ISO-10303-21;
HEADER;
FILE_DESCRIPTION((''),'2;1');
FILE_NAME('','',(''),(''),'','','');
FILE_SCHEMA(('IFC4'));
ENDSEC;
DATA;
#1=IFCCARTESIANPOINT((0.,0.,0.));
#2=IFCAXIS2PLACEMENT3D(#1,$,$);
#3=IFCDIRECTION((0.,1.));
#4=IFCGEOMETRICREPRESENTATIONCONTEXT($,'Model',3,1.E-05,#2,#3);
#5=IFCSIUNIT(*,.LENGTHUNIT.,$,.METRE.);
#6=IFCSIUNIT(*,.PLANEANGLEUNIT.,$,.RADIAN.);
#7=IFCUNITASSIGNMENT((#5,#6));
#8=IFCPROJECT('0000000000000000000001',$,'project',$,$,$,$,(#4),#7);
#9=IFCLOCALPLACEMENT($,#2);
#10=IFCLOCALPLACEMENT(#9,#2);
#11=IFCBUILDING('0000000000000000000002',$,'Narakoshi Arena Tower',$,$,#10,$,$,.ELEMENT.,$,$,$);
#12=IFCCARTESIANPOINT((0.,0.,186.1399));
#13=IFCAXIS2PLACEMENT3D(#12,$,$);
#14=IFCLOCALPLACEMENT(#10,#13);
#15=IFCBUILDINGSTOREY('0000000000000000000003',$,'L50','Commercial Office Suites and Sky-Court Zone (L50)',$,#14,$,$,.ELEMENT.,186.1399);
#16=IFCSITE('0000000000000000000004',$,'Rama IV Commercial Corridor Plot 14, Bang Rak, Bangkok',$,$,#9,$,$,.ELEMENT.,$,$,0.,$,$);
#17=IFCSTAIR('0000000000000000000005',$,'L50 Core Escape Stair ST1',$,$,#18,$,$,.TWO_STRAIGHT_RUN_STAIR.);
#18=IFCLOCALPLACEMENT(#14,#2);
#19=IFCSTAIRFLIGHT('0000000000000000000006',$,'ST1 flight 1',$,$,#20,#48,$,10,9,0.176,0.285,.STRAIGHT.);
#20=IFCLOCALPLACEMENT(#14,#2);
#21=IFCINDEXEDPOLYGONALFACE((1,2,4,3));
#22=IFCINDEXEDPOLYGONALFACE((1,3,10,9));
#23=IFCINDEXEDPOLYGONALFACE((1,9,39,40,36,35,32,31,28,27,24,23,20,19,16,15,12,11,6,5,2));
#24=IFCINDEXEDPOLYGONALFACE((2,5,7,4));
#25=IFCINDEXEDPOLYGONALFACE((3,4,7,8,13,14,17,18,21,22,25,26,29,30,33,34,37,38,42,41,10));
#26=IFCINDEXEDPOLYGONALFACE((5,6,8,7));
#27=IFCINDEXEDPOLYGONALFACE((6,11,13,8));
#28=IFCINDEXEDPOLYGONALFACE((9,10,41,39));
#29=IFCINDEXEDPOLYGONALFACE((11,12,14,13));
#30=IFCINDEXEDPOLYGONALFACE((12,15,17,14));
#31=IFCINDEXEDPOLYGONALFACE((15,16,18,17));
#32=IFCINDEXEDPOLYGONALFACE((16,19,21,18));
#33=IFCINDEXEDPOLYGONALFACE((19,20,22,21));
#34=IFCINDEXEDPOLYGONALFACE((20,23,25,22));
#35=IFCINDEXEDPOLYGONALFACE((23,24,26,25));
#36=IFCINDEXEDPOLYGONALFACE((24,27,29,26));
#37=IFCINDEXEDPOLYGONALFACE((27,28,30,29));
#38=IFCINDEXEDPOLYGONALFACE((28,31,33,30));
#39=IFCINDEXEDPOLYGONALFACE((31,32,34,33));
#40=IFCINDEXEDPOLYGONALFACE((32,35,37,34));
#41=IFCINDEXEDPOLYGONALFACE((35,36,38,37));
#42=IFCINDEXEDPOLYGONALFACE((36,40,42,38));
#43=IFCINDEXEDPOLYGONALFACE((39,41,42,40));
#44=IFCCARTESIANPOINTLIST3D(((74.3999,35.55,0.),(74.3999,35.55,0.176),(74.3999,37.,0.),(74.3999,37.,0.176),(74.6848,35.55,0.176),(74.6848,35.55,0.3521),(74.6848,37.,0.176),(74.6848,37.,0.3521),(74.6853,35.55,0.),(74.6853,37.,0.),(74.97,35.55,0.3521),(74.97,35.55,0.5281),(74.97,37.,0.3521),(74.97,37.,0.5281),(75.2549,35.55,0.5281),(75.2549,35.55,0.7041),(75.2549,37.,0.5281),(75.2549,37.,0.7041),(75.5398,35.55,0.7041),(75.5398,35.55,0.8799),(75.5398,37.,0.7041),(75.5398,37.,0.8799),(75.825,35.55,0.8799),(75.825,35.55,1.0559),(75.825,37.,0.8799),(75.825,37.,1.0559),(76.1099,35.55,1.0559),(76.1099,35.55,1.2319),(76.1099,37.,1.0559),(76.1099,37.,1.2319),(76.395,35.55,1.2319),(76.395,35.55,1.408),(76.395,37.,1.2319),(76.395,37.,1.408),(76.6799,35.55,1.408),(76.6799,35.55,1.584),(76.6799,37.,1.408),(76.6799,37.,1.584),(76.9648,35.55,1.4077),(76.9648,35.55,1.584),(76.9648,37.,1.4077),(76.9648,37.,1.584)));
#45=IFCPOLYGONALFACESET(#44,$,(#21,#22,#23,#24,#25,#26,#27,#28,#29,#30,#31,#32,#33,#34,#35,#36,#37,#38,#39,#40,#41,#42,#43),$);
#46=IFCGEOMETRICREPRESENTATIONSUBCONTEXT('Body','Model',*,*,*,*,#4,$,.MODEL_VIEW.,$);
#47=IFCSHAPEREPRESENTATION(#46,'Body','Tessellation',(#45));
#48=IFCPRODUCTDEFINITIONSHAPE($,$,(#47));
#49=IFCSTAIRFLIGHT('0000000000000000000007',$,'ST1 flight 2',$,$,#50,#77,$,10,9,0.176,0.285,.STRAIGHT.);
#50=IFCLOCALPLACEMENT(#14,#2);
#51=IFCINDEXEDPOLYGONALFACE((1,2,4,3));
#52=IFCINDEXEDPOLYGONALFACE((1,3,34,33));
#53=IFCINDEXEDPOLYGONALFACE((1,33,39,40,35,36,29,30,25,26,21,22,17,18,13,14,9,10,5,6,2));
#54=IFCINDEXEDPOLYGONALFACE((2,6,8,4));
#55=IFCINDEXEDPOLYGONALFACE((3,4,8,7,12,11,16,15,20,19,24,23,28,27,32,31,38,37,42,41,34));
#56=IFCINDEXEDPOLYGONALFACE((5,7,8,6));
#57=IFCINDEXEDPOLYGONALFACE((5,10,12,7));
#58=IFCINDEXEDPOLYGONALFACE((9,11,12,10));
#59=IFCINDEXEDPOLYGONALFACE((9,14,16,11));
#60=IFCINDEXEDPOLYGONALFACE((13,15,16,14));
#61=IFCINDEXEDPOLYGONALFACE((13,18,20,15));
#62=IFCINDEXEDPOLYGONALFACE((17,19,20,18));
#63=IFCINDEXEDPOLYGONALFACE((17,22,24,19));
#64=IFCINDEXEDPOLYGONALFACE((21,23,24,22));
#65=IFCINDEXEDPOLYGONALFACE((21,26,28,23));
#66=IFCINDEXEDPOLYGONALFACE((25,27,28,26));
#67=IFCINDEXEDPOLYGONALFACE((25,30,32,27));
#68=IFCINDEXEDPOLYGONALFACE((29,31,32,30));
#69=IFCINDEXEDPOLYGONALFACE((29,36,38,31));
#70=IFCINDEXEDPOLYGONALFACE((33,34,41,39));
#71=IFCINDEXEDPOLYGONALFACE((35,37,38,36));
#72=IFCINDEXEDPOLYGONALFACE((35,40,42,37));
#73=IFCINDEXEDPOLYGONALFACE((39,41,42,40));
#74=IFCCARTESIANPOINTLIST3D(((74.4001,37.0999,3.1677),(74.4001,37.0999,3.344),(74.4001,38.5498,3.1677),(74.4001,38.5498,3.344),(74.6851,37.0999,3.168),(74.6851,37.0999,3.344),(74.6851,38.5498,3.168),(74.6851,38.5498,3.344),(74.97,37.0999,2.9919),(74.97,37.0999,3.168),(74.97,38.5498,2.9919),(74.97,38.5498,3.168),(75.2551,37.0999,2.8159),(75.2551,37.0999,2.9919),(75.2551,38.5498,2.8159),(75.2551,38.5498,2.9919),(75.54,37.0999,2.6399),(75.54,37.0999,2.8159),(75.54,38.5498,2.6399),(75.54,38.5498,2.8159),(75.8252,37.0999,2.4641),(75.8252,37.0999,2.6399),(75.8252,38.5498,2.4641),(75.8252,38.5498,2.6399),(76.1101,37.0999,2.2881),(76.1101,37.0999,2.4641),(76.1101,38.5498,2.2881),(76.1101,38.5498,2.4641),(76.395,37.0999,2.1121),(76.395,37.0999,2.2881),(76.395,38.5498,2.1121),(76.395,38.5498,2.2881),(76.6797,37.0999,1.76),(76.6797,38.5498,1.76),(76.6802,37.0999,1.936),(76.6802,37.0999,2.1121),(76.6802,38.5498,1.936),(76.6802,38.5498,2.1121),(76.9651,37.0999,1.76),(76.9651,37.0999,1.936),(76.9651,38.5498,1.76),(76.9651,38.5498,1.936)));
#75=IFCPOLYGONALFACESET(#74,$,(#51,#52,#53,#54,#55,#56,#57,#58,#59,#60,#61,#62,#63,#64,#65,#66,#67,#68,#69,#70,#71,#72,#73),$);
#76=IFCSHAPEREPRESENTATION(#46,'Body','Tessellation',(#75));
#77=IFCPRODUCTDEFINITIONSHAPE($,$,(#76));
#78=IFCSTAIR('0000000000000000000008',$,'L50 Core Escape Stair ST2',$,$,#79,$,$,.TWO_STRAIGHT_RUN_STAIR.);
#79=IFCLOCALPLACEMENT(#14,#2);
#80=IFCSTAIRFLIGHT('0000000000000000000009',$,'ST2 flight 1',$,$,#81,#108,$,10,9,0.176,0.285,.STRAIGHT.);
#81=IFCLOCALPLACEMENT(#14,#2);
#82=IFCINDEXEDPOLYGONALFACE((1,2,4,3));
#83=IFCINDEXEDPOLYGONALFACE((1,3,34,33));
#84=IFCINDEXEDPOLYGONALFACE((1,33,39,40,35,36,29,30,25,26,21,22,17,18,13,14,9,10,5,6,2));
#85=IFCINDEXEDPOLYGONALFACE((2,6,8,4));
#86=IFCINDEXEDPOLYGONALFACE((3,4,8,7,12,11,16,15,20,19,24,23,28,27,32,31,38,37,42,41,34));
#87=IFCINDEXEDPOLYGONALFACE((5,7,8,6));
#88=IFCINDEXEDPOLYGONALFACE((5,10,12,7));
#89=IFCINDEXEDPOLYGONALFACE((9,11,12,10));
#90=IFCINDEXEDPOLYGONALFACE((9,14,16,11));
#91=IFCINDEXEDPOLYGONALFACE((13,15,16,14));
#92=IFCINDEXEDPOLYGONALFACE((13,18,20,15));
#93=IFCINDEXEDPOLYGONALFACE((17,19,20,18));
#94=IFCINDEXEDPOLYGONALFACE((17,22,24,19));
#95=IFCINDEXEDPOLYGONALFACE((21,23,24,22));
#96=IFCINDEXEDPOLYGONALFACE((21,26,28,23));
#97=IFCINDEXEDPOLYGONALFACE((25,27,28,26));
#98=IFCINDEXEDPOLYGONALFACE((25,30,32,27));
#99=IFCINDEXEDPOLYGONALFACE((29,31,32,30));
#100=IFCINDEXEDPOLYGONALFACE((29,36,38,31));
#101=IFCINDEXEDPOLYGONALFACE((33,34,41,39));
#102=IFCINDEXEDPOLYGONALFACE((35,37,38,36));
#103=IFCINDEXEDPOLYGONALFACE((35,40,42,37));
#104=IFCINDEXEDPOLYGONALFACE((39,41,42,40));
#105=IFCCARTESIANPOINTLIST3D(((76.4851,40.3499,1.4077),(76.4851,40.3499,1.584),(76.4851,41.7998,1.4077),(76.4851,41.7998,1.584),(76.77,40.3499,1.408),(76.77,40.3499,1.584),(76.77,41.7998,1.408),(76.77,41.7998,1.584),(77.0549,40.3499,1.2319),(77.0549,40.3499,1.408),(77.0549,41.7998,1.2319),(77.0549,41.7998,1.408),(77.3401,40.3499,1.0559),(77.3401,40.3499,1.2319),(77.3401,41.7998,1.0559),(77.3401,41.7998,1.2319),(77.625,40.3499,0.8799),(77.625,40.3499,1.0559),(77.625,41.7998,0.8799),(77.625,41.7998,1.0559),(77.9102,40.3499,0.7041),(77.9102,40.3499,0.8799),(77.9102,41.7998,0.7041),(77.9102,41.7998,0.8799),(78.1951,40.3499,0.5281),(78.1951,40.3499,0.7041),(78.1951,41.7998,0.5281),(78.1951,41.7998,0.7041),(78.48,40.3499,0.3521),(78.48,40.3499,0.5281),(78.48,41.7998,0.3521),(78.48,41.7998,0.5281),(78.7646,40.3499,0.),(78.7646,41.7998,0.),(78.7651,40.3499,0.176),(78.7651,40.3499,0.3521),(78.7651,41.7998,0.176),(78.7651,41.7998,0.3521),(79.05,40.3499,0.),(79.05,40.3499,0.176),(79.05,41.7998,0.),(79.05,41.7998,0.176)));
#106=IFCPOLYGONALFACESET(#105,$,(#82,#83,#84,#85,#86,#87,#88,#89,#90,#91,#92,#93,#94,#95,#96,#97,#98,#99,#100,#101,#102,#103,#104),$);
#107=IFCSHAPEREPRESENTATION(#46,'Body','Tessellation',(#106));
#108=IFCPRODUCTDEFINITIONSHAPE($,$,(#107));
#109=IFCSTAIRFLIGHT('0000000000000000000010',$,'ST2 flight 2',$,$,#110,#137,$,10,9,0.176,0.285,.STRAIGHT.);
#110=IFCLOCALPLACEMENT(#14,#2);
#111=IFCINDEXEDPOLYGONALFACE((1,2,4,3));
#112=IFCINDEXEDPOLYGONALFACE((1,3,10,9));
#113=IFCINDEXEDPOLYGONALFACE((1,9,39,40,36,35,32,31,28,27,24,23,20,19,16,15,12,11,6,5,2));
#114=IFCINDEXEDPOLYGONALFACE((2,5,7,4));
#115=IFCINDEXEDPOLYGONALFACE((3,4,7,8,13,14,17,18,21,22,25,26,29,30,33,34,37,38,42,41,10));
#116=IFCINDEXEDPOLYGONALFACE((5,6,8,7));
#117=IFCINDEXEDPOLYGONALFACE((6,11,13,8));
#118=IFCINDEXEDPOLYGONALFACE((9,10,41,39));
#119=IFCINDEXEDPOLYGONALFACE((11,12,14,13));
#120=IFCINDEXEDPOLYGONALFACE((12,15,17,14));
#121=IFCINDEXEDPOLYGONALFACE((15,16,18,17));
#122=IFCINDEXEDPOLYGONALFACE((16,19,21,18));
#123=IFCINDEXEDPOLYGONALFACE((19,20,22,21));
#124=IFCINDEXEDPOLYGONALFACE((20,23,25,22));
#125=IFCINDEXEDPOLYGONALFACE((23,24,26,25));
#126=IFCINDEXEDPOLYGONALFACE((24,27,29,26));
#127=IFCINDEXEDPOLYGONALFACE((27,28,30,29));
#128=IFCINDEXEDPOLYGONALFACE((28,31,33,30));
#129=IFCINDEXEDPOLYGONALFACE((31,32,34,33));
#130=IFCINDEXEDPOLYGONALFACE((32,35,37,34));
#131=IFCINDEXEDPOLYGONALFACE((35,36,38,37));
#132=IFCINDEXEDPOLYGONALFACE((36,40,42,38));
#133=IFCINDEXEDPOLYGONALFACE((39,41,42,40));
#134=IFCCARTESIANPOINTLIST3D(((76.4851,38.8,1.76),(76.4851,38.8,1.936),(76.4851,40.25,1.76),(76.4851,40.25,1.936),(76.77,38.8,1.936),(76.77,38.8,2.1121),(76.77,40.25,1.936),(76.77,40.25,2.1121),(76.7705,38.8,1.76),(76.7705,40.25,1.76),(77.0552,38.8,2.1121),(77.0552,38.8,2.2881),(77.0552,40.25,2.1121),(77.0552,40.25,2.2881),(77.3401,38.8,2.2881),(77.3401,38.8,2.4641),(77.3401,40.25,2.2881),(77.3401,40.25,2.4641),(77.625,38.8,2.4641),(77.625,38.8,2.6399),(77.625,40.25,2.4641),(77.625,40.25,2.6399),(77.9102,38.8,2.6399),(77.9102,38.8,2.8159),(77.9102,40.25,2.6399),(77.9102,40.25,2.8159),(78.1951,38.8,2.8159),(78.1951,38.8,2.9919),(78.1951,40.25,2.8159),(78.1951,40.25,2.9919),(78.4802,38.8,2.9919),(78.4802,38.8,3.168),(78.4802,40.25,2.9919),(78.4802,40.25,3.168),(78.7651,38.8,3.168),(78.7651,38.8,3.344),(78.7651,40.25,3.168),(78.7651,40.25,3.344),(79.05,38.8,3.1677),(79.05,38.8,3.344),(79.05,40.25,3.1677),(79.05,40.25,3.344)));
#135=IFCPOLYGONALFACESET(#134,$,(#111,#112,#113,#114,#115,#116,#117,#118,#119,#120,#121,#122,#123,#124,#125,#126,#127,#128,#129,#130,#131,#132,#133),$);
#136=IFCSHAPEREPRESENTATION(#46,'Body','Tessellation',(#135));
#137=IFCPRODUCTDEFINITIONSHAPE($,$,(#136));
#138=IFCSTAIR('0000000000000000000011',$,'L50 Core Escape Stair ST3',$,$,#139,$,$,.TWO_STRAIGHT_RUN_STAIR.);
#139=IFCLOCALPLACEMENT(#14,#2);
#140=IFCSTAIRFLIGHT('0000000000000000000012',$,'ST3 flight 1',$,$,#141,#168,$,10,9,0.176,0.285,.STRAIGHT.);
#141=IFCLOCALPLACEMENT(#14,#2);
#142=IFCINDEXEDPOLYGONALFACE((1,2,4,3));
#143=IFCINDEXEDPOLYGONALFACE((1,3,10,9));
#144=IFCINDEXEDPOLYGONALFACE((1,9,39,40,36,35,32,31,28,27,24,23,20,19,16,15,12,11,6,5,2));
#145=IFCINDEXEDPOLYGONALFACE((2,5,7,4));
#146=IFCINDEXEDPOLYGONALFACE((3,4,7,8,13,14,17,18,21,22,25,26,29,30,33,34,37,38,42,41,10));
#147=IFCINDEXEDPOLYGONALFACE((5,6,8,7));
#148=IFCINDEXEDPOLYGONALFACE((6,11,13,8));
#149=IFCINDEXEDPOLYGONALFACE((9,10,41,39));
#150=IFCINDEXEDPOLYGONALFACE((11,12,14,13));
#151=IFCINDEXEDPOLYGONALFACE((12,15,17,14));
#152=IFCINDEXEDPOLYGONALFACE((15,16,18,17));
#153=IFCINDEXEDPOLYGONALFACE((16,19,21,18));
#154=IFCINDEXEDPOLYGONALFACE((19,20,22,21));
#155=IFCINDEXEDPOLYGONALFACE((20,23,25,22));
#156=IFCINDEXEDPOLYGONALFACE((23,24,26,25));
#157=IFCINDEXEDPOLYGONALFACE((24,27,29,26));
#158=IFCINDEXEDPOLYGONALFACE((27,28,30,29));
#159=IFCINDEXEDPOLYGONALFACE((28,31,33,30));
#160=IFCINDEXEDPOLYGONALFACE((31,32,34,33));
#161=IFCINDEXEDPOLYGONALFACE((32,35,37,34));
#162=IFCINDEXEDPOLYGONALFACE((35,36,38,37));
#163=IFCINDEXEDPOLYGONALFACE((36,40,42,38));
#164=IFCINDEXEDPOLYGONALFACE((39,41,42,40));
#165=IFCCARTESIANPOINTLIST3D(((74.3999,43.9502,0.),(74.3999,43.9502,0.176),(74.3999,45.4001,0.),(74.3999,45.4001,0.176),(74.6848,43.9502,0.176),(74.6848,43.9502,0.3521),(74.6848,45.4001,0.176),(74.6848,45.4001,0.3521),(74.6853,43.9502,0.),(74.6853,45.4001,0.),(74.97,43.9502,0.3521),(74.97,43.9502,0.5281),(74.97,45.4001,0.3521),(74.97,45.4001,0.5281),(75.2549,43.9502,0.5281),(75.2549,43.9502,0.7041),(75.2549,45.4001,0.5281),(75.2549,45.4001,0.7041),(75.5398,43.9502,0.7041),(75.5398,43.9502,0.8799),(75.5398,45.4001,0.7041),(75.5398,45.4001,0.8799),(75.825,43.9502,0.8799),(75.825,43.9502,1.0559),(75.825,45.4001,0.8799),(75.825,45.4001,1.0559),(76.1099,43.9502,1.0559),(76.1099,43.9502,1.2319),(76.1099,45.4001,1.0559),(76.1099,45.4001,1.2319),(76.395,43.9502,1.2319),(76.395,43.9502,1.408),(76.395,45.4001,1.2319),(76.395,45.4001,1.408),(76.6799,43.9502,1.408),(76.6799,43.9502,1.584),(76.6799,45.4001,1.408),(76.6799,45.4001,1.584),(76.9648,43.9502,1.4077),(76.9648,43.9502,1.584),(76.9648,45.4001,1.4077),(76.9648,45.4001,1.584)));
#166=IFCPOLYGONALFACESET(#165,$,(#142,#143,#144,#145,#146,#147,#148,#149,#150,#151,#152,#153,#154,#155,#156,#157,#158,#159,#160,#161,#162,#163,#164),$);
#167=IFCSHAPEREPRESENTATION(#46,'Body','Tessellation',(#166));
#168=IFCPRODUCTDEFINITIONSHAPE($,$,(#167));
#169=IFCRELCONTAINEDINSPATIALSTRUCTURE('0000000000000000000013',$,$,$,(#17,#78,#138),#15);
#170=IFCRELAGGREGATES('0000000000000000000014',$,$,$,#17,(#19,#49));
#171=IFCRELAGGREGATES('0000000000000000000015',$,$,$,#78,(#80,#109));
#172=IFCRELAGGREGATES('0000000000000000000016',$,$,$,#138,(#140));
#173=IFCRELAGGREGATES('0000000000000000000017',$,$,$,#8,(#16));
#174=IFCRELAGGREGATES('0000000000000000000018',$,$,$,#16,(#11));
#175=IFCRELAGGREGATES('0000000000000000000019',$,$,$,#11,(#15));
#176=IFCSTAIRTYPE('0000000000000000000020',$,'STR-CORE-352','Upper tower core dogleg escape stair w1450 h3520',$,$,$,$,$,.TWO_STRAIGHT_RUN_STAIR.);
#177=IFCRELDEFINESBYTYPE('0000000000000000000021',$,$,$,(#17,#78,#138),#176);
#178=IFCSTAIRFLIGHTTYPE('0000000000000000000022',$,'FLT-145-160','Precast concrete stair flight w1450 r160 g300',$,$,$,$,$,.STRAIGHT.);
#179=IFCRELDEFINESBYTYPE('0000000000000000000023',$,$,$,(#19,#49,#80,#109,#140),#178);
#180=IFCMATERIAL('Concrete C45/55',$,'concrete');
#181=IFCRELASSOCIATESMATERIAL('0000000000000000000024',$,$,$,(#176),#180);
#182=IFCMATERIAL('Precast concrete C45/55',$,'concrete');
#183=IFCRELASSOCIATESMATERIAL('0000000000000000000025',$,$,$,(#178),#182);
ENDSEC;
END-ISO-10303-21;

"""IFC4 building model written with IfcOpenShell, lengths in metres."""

from ifc_helpers import new_model, si_unit, direction, frame, origin, place, context, subcontext, project, spatial, polyline, outline, extrude, material, type_object, element, aggregate, save


model = new_model("IFC4")

# Units and contexts
model_context = context("Model", 3, precision=1e-05, world=origin(), true_north=direction((0.0, 1.0)))
body_context = subcontext(model_context, "Body", "Model", "MODEL_VIEW")
ifc_project = project(units=[si_unit("LENGTHUNIT", "METRE"), si_unit("PLANEANGLEUNIT", "RADIAN")], contexts=[model_context])

# Site, building, storey
site_placement = place(None, origin())
site = spatial("IfcSite", under=ifc_project, at=site_placement, Name="Rama IV Commercial Corridor Plot 14, Bang Rak, Bangkok", CompositionType="ELEMENT", RefElevation=0.0)
building_placement = place(site_placement, origin())
building = spatial("IfcBuilding", under=site, at=building_placement, Name="Narakoshi Arena Tower", CompositionType="ELEMENT")
storey_placement = place(building_placement, frame((0.0, 0.0, 186.1399)))
storey = spatial("IfcBuildingStorey", under=building, at=storey_placement, Name="L50", Description="Commercial Office Suites and Sky-Court Zone (L50)", CompositionType="ELEMENT", Elevation=186.1399)

# Shared definitions
ifc_material_1 = material(Name="Precast concrete C45/55", Category="concrete")

# Stairs, stair flights
ifc_material_2 = material(Name="Concrete C45/55", Category="concrete")
stair_type = type_object("IfcStairType", Name="STR-CORE-352", Description="Upper tower core dogleg escape stair w1450 h3520", PredefinedType="TWO_STRAIGHT_RUN_STAIR", material=ifc_material_2)
stair_1_placement = place(storey_placement, origin())
stair_1 = element("IfcStair", 1, at=stair_1_placement, inside=storey, type_object=stair_type, Name="L50 Core Escape Stair ST1", PredefinedType="TWO_STRAIGHT_RUN_STAIR")
stair_flight_type = type_object("IfcStairFlightType", Name="FLT-145-160", Description="Precast concrete stair flight w1450 r160 g300", PredefinedType="STRAIGHT", material=ifc_material_1)
stair_flight_1_placement = place(storey_placement, frame((74.3999, 36.2749, 0.0), z_axis=(0.0, 0.0, 1.0), x_axis=(1.0, 0.0, 0.0)))
stair_flight_1 = element("IfcStairFlight", 2, at=stair_flight_1_placement, type_object=stair_flight_type, Name="ST1 flight 1", NumberOfRisers=10, NumberOfTreads=9, PredefinedType="STRAIGHT", RiserHeight=0.176, TreadLength=0.285, context=body_context, shape_type="SweptSolid", body=[
    extrude(outline(polyline([(0.0, 0.0), (0.0, 0.176), (0.2849, 0.176), (0.2849, 0.3521), (0.5701, 0.3521), (0.5701, 0.5281), (0.855, 0.5281), (0.855, 0.7041), (1.1399, 0.7041), (1.1399, 0.8799), (1.425, 0.8799), (1.425, 1.0559), (1.71, 1.0559), (1.71, 1.2319), (1.9951, 1.2319), (1.9951, 1.408), (2.28, 1.408), (2.28, 1.584), (2.5649, 1.584), (2.5649, 1.76), (2.5649, 1.4077), (0.2854, 0.0), (0.0, 0.0)])), frame((0.0, 0.7251, 0.0), z_axis=(0.0, -1.0, 0.0), x_axis=(1.0, 0.0, 0.0)), (0.0, 0.0, 1.0), 1.45),
])
stair_flight_2_placement = place(storey_placement, frame((76.9651, 37.825, 1.76), z_axis=(0.0, 0.0, 1.0), x_axis=(-1.0, 0.0, 0.0)))
stair_flight_2 = element("IfcStairFlight", 3, at=stair_flight_2_placement, type_object=stair_flight_type, Name="ST1 flight 2", NumberOfRisers=10, NumberOfTreads=9, PredefinedType="STRAIGHT", RiserHeight=0.176, TreadLength=0.285, context=body_context, shape_type="SweptSolid", body=[
    extrude(outline(polyline([(0.0, 0.0), (0.0, 0.176), (0.2849, 0.176), (0.2849, 0.3521), (0.5701, 0.3521), (0.5701, 0.5281), (0.855, 0.5281), (0.855, 0.7041), (1.1399, 0.7041), (1.1399, 0.8799), (1.425, 0.8799), (1.425, 1.0559), (1.71, 1.0559), (1.71, 1.2319), (1.9951, 1.2319), (1.9951, 1.408), (2.28, 1.408), (2.28, 1.584), (2.5649, 1.584), (2.5649, 1.76), (2.5649, 1.4077), (0.2854, 0.0), (0.0, 0.0)])), frame((0.0, 0.7251, 0.0), z_axis=(0.0, -1.0, 0.0), x_axis=(1.0, 0.0, 0.0)), (0.0, 0.0, 1.0), 1.45),
])
aggregate(stair_1, [stair_flight_1, stair_flight_2])
stair_2_placement = place(storey_placement, origin())
stair_2 = element("IfcStair", 4, at=stair_2_placement, inside=storey, type_object=stair_type, Name="L50 Core Escape Stair ST2", PredefinedType="TWO_STRAIGHT_RUN_STAIR")
stair_flight_3_placement = place(storey_placement, frame((79.05, 41.075, 0.0), z_axis=(0.0, 0.0, 1.0), x_axis=(-1.0, 0.0, 0.0)))
stair_flight_3 = element("IfcStairFlight", 5, at=stair_flight_3_placement, type_object=stair_flight_type, Name="ST2 flight 1", NumberOfRisers=10, NumberOfTreads=9, PredefinedType="STRAIGHT", RiserHeight=0.176, TreadLength=0.285, context=body_context, shape_type="SweptSolid", body=[
    extrude(outline(polyline([(0.0, 0.0), (0.0, 0.176), (0.2849, 0.176), (0.2849, 0.3521), (0.5701, 0.3521), (0.5701, 0.5281), (0.855, 0.5281), (0.855, 0.7041), (1.1399, 0.7041), (1.1399, 0.8799), (1.425, 0.8799), (1.425, 1.0559), (1.71, 1.0559), (1.71, 1.2319), (1.9951, 1.2319), (1.9951, 1.408), (2.28, 1.408), (2.28, 1.584), (2.5649, 1.584), (2.5649, 1.76), (2.5649, 1.4077), (0.2854, 0.0), (0.0, 0.0)])), frame((0.0, 0.7251, 0.0), z_axis=(0.0, -1.0, 0.0), x_axis=(1.0, 0.0, 0.0)), (0.0, 0.0, 1.0), 1.45),
])
stair_flight_4_placement = place(storey_placement, frame((76.4851, 39.5249, 1.76), z_axis=(0.0, 0.0, 1.0), x_axis=(1.0, 0.0, 0.0)))
stair_flight_4 = element("IfcStairFlight", 6, at=stair_flight_4_placement, type_object=stair_flight_type, Name="ST2 flight 2", NumberOfRisers=10, NumberOfTreads=9, PredefinedType="STRAIGHT", RiserHeight=0.176, TreadLength=0.285, context=body_context, shape_type="SweptSolid", body=[
    extrude(outline(polyline([(0.0, 0.0), (0.0, 0.176), (0.2849, 0.176), (0.2849, 0.3521), (0.5701, 0.3521), (0.5701, 0.5281), (0.855, 0.5281), (0.855, 0.7041), (1.1399, 0.7041), (1.1399, 0.8799), (1.425, 0.8799), (1.425, 1.0559), (1.71, 1.0559), (1.71, 1.2319), (1.9951, 1.2319), (1.9951, 1.408), (2.28, 1.408), (2.28, 1.584), (2.5649, 1.584), (2.5649, 1.76), (2.5649, 1.4077), (0.2854, 0.0), (0.0, 0.0)])), frame((0.0, 0.7251, 0.0), z_axis=(0.0, -1.0, 0.0), x_axis=(1.0, 0.0, 0.0)), (0.0, 0.0, 1.0), 1.45),
])
aggregate(stair_2, [stair_flight_3, stair_flight_4])

# Stair, stair flight
stair_3_placement = place(storey_placement, origin())
stair_3 = element("IfcStair", 7, at=stair_3_placement, inside=storey, type_object=stair_type, Name="L50 Core Escape Stair ST3", PredefinedType="TWO_STRAIGHT_RUN_STAIR")
stair_flight_5_placement = place(storey_placement, frame((74.3999, 44.675, 0.0), z_axis=(0.0, 0.0, 1.0), x_axis=(1.0, 0.0, 0.0)))
stair_flight_5 = element("IfcStairFlight", 8, at=stair_flight_5_placement, type_object=stair_flight_type, Name="ST3 flight 1", NumberOfRisers=10, NumberOfTreads=9, PredefinedType="STRAIGHT", RiserHeight=0.176, TreadLength=0.285, context=body_context, shape_type="SweptSolid", body=[
    extrude(outline(polyline([(0.0, 0.0), (0.0, 0.176), (0.2849, 0.176), (0.2849, 0.3521), (0.5701, 0.3521), (0.5701, 0.5281), (0.855, 0.5281), (0.855, 0.7041), (1.1399, 0.7041), (1.1399, 0.8799), (1.425, 0.8799), (1.425, 1.0559), (1.71, 1.0559), (1.71, 1.2319), (1.9951, 1.2319), (1.9951, 1.408), (2.28, 1.408), (2.28, 1.584), (2.5649, 1.584), (2.5649, 1.76), (2.5649, 1.4077), (0.2854, 0.0), (0.0, 0.0)])), frame((0.0, 0.7251, 0.0), z_axis=(0.0, -1.0, 0.0), x_axis=(1.0, 0.0, 0.0)), (0.0, 0.0, 1.0), 1.45),
])
aggregate(stair_3, [stair_flight_5])

save(model, "model.ifc")
